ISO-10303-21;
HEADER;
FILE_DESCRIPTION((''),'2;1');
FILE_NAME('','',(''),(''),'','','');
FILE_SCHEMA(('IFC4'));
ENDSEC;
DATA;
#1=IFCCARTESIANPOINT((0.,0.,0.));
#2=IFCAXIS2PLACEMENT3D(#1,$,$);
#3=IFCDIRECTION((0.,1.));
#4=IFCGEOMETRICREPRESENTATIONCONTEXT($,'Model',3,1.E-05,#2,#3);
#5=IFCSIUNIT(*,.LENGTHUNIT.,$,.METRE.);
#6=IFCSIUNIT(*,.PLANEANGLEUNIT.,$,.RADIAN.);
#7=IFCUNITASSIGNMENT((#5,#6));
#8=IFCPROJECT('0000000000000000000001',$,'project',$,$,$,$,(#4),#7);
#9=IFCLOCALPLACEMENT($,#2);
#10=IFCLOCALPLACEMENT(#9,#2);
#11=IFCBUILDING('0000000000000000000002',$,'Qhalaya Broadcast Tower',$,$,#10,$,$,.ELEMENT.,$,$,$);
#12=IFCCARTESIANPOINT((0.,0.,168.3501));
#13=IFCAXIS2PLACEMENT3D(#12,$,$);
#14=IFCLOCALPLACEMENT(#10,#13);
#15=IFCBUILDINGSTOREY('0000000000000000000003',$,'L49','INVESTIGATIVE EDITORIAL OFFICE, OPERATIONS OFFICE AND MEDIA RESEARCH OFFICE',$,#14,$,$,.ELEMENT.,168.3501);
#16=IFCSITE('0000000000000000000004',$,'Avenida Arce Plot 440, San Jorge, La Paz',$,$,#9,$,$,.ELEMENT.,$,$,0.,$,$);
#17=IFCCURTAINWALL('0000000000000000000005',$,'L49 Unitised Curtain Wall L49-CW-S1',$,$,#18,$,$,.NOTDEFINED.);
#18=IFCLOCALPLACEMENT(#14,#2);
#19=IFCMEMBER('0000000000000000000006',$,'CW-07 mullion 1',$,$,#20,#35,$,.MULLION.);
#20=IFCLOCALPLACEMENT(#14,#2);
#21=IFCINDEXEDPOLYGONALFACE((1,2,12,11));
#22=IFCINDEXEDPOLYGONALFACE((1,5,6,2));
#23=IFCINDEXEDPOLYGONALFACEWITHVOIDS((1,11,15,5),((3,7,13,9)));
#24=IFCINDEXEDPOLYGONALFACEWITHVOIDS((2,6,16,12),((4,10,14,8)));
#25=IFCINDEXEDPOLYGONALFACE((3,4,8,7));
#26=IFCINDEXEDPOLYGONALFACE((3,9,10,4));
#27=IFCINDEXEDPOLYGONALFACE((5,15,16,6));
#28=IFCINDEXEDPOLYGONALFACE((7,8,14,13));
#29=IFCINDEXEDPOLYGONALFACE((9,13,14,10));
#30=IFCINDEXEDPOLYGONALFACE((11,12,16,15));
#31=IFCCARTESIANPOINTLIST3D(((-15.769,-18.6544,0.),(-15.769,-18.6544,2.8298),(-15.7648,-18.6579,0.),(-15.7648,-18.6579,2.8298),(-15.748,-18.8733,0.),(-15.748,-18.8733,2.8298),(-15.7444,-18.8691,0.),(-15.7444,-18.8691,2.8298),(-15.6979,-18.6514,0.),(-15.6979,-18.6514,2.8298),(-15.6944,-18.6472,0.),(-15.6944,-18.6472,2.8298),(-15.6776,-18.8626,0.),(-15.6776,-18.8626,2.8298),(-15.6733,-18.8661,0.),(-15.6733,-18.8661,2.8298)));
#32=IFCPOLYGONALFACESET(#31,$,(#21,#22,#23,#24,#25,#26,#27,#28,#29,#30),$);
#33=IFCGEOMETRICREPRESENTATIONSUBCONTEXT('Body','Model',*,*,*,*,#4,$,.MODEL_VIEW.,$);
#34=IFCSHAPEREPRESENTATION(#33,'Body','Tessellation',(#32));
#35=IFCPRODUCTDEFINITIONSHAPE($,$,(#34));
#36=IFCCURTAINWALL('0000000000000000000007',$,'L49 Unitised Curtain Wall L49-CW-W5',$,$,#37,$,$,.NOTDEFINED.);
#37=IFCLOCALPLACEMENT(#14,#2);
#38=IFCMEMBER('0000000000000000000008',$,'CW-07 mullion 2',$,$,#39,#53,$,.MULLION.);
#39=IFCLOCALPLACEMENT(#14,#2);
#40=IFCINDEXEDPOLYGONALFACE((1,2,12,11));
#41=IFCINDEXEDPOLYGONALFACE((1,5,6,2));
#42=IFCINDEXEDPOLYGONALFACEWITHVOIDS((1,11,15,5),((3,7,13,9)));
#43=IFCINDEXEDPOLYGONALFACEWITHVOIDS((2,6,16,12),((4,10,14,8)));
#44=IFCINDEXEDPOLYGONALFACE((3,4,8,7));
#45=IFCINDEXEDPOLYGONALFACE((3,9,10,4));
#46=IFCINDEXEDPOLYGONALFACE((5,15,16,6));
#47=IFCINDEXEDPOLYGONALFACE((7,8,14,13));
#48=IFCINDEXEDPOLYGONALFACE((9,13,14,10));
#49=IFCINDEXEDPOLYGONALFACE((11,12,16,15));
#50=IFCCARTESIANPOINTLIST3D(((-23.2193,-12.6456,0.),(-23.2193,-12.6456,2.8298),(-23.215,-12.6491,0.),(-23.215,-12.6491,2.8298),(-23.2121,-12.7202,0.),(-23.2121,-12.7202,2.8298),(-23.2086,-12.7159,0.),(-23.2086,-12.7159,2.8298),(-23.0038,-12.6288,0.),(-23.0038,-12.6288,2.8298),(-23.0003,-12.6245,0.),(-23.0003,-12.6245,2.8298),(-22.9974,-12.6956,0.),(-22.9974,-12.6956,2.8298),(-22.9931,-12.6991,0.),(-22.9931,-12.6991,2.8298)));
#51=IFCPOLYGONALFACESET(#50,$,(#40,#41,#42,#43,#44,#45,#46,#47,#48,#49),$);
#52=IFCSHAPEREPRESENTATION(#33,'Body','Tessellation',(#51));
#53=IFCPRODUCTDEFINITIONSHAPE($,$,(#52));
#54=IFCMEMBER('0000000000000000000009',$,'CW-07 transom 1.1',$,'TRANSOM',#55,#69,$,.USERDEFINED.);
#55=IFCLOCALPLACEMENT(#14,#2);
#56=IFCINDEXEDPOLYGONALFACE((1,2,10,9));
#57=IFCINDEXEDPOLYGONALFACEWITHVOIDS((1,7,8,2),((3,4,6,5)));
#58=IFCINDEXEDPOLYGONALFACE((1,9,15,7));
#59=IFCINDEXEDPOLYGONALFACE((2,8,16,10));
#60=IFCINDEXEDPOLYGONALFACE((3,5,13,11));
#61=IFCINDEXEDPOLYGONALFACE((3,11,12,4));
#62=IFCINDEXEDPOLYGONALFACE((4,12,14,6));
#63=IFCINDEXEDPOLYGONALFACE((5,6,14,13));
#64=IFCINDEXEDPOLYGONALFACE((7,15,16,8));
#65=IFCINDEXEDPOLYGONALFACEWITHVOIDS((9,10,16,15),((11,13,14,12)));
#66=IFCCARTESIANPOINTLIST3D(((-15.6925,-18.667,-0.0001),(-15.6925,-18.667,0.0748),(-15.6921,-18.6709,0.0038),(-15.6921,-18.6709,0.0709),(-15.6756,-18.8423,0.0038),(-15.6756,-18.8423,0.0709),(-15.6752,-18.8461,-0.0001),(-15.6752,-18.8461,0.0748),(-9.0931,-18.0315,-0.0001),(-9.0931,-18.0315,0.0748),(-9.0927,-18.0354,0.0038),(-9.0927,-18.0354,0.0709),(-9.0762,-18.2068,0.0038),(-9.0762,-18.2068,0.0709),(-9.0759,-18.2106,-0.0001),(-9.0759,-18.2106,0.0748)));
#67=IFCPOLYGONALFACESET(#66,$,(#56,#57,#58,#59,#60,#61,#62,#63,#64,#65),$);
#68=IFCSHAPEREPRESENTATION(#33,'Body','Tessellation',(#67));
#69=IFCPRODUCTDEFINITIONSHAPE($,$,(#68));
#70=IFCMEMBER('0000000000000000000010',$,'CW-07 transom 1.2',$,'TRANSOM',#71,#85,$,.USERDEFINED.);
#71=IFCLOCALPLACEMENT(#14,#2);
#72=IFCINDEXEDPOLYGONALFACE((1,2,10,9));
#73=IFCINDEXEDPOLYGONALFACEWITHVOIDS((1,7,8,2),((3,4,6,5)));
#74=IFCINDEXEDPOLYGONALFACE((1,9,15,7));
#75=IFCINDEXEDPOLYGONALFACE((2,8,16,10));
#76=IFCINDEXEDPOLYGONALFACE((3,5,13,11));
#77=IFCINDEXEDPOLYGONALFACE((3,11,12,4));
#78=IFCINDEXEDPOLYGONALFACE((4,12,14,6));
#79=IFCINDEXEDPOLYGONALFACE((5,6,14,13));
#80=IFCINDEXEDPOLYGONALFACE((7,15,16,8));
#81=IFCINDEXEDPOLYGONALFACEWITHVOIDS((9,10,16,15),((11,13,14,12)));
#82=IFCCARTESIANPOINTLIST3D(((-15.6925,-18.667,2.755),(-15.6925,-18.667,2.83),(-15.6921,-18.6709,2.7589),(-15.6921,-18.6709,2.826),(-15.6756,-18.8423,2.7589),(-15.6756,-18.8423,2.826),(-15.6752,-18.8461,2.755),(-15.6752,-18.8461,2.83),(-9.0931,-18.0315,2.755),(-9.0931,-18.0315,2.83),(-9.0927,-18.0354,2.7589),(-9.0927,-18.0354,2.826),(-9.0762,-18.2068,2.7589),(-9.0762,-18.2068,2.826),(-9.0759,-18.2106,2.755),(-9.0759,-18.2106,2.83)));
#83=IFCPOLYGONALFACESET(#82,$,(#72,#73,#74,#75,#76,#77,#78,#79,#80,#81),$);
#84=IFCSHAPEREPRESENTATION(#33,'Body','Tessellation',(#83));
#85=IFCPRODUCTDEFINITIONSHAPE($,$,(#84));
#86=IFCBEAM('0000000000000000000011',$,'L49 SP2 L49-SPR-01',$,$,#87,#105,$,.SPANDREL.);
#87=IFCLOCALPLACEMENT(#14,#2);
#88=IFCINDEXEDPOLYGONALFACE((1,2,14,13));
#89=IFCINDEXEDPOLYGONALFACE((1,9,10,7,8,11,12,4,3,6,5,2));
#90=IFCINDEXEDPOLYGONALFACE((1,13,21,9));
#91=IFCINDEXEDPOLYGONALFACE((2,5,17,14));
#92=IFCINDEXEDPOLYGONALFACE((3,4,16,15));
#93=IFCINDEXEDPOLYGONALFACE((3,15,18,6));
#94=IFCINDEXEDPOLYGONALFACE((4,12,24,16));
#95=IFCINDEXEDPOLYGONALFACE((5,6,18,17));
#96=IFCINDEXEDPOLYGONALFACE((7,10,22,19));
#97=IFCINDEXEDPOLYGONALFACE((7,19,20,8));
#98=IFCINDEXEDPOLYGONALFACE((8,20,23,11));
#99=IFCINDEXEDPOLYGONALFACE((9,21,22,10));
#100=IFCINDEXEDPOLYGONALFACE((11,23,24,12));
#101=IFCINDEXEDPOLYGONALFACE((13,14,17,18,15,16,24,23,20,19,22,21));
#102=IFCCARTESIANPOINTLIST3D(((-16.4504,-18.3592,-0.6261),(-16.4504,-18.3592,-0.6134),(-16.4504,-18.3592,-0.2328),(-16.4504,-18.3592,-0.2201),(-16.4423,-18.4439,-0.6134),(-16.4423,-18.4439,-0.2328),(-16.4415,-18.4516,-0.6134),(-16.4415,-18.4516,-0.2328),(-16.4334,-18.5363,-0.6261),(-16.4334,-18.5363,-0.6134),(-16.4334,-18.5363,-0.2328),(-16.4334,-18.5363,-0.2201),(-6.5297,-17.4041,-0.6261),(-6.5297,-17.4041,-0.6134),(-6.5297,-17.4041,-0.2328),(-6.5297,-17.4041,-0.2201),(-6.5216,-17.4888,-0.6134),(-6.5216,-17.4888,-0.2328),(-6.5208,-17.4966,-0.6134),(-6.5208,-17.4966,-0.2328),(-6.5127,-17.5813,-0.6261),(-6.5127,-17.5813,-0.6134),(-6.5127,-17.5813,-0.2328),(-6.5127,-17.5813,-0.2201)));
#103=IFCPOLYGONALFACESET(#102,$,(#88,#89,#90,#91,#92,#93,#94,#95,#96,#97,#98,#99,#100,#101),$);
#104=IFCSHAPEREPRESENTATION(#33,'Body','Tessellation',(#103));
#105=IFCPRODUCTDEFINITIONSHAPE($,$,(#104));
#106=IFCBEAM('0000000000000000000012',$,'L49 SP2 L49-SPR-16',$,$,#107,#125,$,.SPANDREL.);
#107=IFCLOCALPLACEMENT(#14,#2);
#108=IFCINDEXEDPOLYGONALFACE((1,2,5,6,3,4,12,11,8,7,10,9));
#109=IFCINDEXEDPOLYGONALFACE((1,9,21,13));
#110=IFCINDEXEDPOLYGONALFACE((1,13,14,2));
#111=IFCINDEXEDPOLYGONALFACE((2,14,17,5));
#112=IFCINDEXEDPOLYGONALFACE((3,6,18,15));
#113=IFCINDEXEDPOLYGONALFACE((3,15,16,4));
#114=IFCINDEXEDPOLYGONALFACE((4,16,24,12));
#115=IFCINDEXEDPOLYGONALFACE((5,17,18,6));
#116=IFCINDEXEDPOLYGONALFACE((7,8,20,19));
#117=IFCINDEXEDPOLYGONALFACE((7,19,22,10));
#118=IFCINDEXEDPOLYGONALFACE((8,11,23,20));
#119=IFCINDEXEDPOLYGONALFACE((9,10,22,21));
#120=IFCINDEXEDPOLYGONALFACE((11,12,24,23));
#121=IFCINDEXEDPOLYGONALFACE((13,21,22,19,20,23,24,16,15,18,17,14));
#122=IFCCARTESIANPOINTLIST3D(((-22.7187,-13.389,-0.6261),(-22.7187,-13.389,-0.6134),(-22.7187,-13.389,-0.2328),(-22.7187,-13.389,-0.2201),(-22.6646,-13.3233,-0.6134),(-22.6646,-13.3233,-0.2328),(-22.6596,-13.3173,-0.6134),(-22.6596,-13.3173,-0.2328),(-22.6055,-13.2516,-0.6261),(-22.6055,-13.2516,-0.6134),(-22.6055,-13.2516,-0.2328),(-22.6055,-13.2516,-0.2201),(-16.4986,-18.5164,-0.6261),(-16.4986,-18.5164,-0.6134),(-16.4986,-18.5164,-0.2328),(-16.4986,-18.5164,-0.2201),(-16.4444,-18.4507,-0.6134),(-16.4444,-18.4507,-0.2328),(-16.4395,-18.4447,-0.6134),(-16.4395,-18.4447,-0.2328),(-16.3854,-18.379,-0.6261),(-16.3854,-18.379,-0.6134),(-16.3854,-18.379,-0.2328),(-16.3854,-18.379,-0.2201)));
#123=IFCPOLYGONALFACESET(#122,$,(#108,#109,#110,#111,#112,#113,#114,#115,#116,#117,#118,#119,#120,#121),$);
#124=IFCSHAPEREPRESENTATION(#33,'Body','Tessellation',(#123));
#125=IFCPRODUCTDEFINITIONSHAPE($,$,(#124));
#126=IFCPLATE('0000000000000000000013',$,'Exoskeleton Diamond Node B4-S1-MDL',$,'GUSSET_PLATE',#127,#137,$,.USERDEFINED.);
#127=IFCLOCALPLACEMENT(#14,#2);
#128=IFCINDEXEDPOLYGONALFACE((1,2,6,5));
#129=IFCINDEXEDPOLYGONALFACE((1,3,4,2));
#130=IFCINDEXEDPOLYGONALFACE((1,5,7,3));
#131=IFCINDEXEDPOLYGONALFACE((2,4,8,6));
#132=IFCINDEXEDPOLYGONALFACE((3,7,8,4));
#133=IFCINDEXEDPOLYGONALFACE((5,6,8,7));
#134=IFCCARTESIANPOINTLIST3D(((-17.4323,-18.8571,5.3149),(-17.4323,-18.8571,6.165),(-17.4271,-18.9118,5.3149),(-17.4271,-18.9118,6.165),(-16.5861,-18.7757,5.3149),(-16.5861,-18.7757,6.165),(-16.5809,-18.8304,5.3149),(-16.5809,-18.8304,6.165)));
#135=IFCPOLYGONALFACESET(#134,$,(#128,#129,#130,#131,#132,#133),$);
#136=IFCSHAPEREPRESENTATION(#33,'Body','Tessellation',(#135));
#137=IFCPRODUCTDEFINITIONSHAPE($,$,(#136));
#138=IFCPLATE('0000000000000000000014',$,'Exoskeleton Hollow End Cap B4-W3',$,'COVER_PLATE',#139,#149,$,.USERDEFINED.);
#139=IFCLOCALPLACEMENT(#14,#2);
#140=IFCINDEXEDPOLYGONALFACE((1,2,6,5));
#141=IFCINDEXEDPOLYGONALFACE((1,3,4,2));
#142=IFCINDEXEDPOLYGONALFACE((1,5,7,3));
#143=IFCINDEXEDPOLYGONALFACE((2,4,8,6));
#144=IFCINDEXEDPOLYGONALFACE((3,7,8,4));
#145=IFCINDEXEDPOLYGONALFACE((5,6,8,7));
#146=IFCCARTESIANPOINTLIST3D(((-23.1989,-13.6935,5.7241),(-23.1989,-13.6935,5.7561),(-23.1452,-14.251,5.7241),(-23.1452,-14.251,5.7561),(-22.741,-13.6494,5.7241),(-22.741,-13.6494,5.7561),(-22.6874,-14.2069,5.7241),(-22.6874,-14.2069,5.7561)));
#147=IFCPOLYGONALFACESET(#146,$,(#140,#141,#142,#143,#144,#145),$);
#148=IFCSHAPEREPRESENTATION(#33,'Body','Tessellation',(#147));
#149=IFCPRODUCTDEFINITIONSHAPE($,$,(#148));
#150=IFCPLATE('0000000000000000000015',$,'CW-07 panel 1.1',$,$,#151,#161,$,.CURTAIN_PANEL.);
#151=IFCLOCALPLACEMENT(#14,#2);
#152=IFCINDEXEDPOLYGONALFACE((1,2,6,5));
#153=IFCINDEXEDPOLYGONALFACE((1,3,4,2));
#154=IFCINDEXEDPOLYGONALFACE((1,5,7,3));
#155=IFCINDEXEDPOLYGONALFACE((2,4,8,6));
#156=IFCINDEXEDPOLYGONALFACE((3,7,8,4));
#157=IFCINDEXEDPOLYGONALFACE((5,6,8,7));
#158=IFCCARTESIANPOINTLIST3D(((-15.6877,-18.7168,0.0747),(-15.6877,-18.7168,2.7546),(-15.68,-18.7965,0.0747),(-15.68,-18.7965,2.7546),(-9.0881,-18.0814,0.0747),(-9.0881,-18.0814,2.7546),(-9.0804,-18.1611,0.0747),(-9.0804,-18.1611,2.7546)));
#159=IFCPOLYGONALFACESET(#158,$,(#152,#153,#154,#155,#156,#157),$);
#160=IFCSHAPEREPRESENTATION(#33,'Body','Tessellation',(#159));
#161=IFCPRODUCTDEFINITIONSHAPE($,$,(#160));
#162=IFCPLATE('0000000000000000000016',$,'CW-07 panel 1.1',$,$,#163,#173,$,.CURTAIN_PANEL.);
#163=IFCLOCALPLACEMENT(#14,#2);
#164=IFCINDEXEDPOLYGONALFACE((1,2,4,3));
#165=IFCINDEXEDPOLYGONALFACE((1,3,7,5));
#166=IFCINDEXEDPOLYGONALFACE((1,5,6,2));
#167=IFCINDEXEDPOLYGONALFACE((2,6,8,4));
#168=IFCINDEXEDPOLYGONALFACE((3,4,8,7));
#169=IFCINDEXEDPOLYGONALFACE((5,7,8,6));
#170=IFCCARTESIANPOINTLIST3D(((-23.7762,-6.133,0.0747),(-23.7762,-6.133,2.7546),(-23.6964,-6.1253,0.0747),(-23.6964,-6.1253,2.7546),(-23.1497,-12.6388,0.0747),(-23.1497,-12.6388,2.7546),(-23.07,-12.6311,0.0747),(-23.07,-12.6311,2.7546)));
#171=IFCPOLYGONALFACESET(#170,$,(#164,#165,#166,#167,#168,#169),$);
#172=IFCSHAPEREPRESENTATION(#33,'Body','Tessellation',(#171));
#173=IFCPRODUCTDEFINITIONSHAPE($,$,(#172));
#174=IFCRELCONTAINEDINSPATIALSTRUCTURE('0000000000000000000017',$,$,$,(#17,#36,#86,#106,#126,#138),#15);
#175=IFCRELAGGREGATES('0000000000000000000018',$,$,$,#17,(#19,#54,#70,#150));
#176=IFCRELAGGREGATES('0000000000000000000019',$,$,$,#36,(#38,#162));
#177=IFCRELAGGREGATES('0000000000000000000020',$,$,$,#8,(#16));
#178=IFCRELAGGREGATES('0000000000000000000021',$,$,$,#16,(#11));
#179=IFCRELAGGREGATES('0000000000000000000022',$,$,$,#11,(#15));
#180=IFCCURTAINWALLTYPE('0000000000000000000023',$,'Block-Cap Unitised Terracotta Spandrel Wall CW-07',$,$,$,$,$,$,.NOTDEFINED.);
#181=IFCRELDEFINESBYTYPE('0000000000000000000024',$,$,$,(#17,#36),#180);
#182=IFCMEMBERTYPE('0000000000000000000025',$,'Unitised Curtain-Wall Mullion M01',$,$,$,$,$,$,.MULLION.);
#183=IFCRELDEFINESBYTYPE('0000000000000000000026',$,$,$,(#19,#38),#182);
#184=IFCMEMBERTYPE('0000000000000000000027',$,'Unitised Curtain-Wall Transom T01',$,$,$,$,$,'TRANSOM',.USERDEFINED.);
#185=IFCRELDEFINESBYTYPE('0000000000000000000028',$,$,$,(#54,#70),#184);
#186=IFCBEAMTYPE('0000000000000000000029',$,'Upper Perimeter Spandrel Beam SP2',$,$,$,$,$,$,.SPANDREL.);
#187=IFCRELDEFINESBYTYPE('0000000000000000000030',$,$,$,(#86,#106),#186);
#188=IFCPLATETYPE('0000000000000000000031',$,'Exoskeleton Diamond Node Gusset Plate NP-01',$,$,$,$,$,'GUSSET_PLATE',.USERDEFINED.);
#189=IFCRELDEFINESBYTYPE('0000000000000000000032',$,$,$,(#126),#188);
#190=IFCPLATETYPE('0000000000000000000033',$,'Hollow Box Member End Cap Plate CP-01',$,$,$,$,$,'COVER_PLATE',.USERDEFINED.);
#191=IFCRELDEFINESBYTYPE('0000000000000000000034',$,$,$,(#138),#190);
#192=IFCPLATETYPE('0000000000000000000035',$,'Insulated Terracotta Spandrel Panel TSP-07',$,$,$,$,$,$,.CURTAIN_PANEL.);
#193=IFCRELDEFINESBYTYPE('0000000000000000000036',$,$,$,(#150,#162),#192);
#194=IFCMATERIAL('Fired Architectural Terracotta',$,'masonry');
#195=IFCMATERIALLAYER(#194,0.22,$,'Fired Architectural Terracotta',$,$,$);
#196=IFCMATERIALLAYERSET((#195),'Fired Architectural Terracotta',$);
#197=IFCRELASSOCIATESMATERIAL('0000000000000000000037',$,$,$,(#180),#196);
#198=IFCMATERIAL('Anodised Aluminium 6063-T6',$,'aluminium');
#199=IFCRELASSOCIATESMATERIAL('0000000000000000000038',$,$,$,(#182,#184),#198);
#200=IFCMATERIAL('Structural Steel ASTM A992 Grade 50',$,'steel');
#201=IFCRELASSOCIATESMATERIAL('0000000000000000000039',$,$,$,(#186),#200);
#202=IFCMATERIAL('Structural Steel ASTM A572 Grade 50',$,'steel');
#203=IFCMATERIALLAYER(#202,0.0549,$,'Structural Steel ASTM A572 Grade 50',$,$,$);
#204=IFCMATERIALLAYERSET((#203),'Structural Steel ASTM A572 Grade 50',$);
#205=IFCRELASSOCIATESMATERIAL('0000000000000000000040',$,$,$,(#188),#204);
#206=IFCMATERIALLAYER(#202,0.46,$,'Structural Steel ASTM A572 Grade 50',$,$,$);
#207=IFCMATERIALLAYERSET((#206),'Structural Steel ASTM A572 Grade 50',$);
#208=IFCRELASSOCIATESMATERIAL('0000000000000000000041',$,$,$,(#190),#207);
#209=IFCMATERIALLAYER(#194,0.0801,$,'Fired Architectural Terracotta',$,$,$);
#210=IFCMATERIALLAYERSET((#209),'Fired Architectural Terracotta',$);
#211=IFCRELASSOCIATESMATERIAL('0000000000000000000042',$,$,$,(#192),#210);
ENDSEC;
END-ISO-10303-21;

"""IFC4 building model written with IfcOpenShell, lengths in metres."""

from ifc_helpers import new_model, si_unit, direction, frame, origin, origin_2d, place, context, subcontext, project, spatial, rectangle, hollow_rectangle, i_section, extrude, material, layer, layer_set, material_profile, profile_set, type_object, element, aggregate, save


model = new_model("IFC4")

# Units and contexts
model_context = context("Model", 3, precision=1e-05, world=origin(), true_north=direction((0.0, 1.0)))
body_context = subcontext(model_context, "Body", "Model", "MODEL_VIEW")
ifc_project = project(units=[si_unit("LENGTHUNIT", "METRE"), si_unit("PLANEANGLEUNIT", "RADIAN")], contexts=[model_context])

# Site, building, storey
site_placement = place(None, origin())
site = spatial("IfcSite", under=ifc_project, at=site_placement, Name="Avenida Arce Plot 440, San Jorge, La Paz", CompositionType="ELEMENT", RefElevation=0.0)
building_placement = place(site_placement, origin())
building = spatial("IfcBuilding", under=site, at=building_placement, Name="Qhalaya Broadcast Tower", CompositionType="ELEMENT")
storey_placement = place(building_placement, frame((0.0, 0.0, 168.3501)))
storey = spatial("IfcBuildingStorey", under=building, at=storey_placement, Name="L49", Description="INVESTIGATIVE EDITORIAL OFFICE, OPERATIONS OFFICE AND MEDIA RESEARCH OFFICE", CompositionType="ELEMENT", Elevation=168.3501)

# Shared definitions
ifc_material_1 = material(Name="Structural Steel ASTM A572 Grade 50", Category="steel")

# Shared definitions
ifc_material_2 = material(Name="Structural Steel ASTM A992 Grade 50", Category="steel")

# Shared definitions
ifc_material_3 = material(Name="Fired Architectural Terracotta", Category="masonry")

# Curtain walls, members
ifc_layer_1 = layer(ifc_material_3, 0.22, Name="Fired Architectural Terracotta")
ifc_layer_set_1 = layer_set([ifc_layer_1], Name="Fired Architectural Terracotta")
curtain_wall_type = type_object("IfcCurtainWallType", Name="Block-Cap Unitised Terracotta Spandrel Wall CW-07", PredefinedType="NOTDEFINED", material=ifc_layer_set_1)
curtain_wall_1_placement = place(storey_placement, origin())
curtain_wall_1 = element("IfcCurtainWall", 1, at=curtain_wall_1_placement, inside=storey, type_object=curtain_wall_type, Name="L49 Unitised Curtain Wall L49-CW-S1", PredefinedType="NOTDEFINED")
ifc_material_4 = material(Name="Anodised Aluminium 6063-T6", Category="aluminium")
ifc_material_profile_1 = material_profile(ifc_material_4, hollow_rectangle(XDim=0.075, YDim=0.22, WallThickness=0.0039, at=origin_2d()), Name="ALU-MUL 75x220x4")
ifc_profile_set_1 = profile_set([ifc_material_profile_1], Name="Anodised Aluminium 6063-T6")
member_type_1 = type_object("IfcMemberType", Name="Unitised Curtain-Wall Mullion M01", PredefinedType="MULLION", material=ifc_profile_set_1)
member_1_placement = place(storey_placement, frame((-15.7212, -18.7603, 0.0), z_axis=(0.0, 0.0, 1.0), x_axis=(0.995397, 0.095841, 0.0)))
member_1 = element("IfcMember", 2, at=member_1_placement, type_object=member_type_1, Name="CW-07 mullion 1", PredefinedType="MULLION", context=body_context, shape_type="SweptSolid", body=[
    extrude(hollow_rectangle(XDim=0.075, YDim=0.22, WallThickness=0.0039, at=origin_2d()), origin(), (0.0, 0.0, 1.0), 2.8298),
])
curtain_wall_2_placement = place(storey_placement, origin())
curtain_wall_2 = element("IfcCurtainWall", 3, at=curtain_wall_2_placement, inside=storey, type_object=curtain_wall_type, Name="L49 Unitised Curtain Wall L49-CW-W5", PredefinedType="NOTDEFINED")
member_2_placement = place(storey_placement, frame((-23.1062, -12.6724, 0.0), z_axis=(0.0, 0.0, 1.0), x_axis=(0.095842, -0.995397, 0.0)))
member_2 = element("IfcMember", 4, at=member_2_placement, type_object=member_type_1, Name="CW-07 mullion 2", PredefinedType="MULLION", context=body_context, shape_type="SweptSolid", body=[
    extrude(hollow_rectangle(XDim=0.075, YDim=0.22, WallThickness=0.0039, at=origin_2d()), origin(), (0.0, 0.0, 1.0), 2.8298),
])

# Members
ifc_material_profile_2 = material_profile(ifc_material_4, hollow_rectangle(XDim=0.075, YDim=0.1799, WallThickness=0.0039, at=origin_2d()), Name="ALU-TRN 75x180x4")
ifc_profile_set_2 = profile_set([ifc_material_profile_2], Name="Anodised Aluminium 6063-T6")
member_type_2 = type_object("IfcMemberType", Name="Unitised Curtain-Wall Transom T01", ElementType="TRANSOM", PredefinedType="USERDEFINED", material=ifc_profile_set_2)
member_3_placement = place(storey_placement, frame((-15.6838, -18.7566, 0.0374), z_axis=(0.995395, 0.095853, 0.0), x_axis=(0.0, 0.0, 1.0)))
member_3 = element("IfcMember", 5, at=member_3_placement, type_object=member_type_2, Name="CW-07 transom 1.1", ObjectType="TRANSOM", PredefinedType="USERDEFINED", context=body_context, shape_type="SweptSolid", body=[
    extrude(hollow_rectangle(XDim=0.075, YDim=0.1799, WallThickness=0.0039, at=origin_2d()), origin(), (0.0, 0.0, 1.0), 6.6299),
])
member_4_placement = place(storey_placement, frame((-15.6838, -18.7566, 2.7925), z_axis=(0.995395, 0.095853, 0.0), x_axis=(0.0, 0.0, 1.0)))
member_4 = element("IfcMember", 6, at=member_4_placement, type_object=member_type_2, Name="CW-07 transom 1.2", ObjectType="TRANSOM", PredefinedType="USERDEFINED", context=body_context, shape_type="SweptSolid", body=[
    extrude(hollow_rectangle(XDim=0.075, YDim=0.1799, WallThickness=0.0039, at=origin_2d()), origin(), (0.0, 0.0, 1.0), 6.6299),
])

# Beams
ifc_material_profile_3 = material_profile(ifc_material_2, i_section(OverallWidth=0.178, OverallDepth=0.406, WebThickness=0.0078, FlangeThickness=0.0127, at=origin_2d()), Name="W16X40")
ifc_profile_set_3 = profile_set([ifc_material_profile_3], Name="Structural Steel ASTM A992 Grade 50")
beam_type_1 = type_object("IfcBeamType", Name="Upper Perimeter Spandrel Beam SP2", PredefinedType="SPANDREL", material=ifc_profile_set_3)
beam_1_placement = place(storey_placement, frame((-16.4419, -18.4478, -0.4231), z_axis=(0.995398, 0.095829, 0.0), x_axis=(-0.095829, 0.995398, 0.0)))
element("IfcBeam", 7, at=beam_1_placement, inside=storey, type_object=beam_type_1, Name="L49 SP2 L49-SPR-01", PredefinedType="SPANDREL", context=body_context, shape_type="SweptSolid", body=[
    extrude(i_section(OverallWidth=0.178, OverallDepth=0.406, WebThickness=0.0078, FlangeThickness=0.0127, at=origin_2d()), origin(), (0.0, 0.0, 1.0), 9.9666),
])
beam_2_placement = place(storey_placement, frame((-22.6621, -13.3203, -0.4231), z_axis=(0.771631, -0.63607, 0.0), x_axis=(0.63607, 0.771631, 0.0)))
element("IfcBeam", 8, at=beam_2_placement, inside=storey, type_object=beam_type_1, Name="L49 SP2 L49-SPR-16", PredefinedType="SPANDREL", context=body_context, shape_type="SweptSolid", body=[
    extrude(i_section(OverallWidth=0.178, OverallDepth=0.406, WebThickness=0.0078, FlangeThickness=0.0127, at=origin_2d()), origin(), (0.0, 0.0, 1.0), 8.061),
])

# Plates
ifc_layer_2 = layer(ifc_material_1, 0.0549, Name="Structural Steel ASTM A572 Grade 50")
ifc_layer_set_2 = layer_set([ifc_layer_2], Name="Structural Steel ASTM A572 Grade 50")
plate_type_1 = type_object("IfcPlateType", Name="Exoskeleton Diamond Node Gusset Plate NP-01", ElementType="GUSSET_PLATE", PredefinedType="USERDEFINED", material=ifc_layer_set_2)
plate_1_placement = place(storey_placement, frame((-17.0066, -18.8438, 5.3149), z_axis=(0.0, 0.0, 1.0), x_axis=(0.995396, 0.095846, 0.0)))
element("IfcPlate", 9, at=plate_1_placement, inside=storey, type_object=plate_type_1, Name="Exoskeleton Diamond Node B4-S1-MDL", ObjectType="GUSSET_PLATE", PredefinedType="USERDEFINED", context=body_context, shape_type="SweptSolid", body=[
    extrude(rectangle(XDim=0.8501, YDim=0.0549, at=origin_2d()), origin(), (0.0, 0.0, 1.0), 0.8501),
])
ifc_layer_3 = layer(ifc_material_1, 0.46, Name="Structural Steel ASTM A572 Grade 50")
ifc_layer_set_3 = layer_set([ifc_layer_3], Name="Structural Steel ASTM A572 Grade 50")
plate_type_2 = type_object("IfcPlateType", Name="Hollow Box Member End Cap Plate CP-01", ElementType="COVER_PLATE", PredefinedType="USERDEFINED", material=ifc_layer_set_3)
plate_2_placement = place(storey_placement, frame((-22.9431, -13.9502, 5.7241), z_axis=(0.0, 0.0, 1.0), x_axis=(-0.095846, 0.995396, 0.0)))
element("IfcPlate", 10, at=plate_2_placement, inside=storey, type_object=plate_type_2, Name="Exoskeleton Hollow End Cap B4-W3", ObjectType="COVER_PLATE", PredefinedType="USERDEFINED", context=body_context, shape_type="SweptSolid", body=[
    extrude(rectangle(XDim=0.5601, YDim=0.46, at=origin_2d()), origin(), (0.0, 0.0, 1.0), 0.032),
])

# Plates
ifc_layer_4 = layer(ifc_material_3, 0.0801, Name="Fired Architectural Terracotta")
ifc_layer_set_4 = layer_set([ifc_layer_4], Name="Fired Architectural Terracotta")
plate_type_3 = type_object("IfcPlateType", Name="Insulated Terracotta Spandrel Panel TSP-07", PredefinedType="CURTAIN_PANEL", material=ifc_layer_set_4)
plate_3_placement = place(storey_placement, frame((-12.384, -18.439, 0.0747), z_axis=(0.0, 0.0, 1.0), x_axis=(0.995397, 0.095841, 0.0)))
plate_3 = element("IfcPlate", 11, at=plate_3_placement, type_object=plate_type_3, Name="CW-07 panel 1.1", PredefinedType="CURTAIN_PANEL", context=body_context, shape_type="SweptSolid", body=[
    extrude(rectangle(XDim=6.6301, YDim=0.0801, at=origin_2d()), origin(), (0.0, 0.0, 1.0), 2.6799),
])
aggregate(curtain_wall_1, [member_1, member_3, member_4, plate_3])
plate_4_placement = place(storey_placement, frame((-23.4231, -9.3821, 0.0747), z_axis=(0.0, 0.0, 1.0), x_axis=(0.095842, -0.995397, 0.0)))
plate_4 = element("IfcPlate", 12, at=plate_4_placement, type_object=plate_type_3, Name="CW-07 panel 1.1", PredefinedType="CURTAIN_PANEL", context=body_context, shape_type="SweptSolid", body=[
    extrude(rectangle(XDim=6.5359, YDim=0.0801, at=origin_2d()), origin(), (0.0, 0.0, 1.0), 2.6799),
])
aggregate(curtain_wall_2, [member_2, plate_4])

save(model, "model.ifc")
